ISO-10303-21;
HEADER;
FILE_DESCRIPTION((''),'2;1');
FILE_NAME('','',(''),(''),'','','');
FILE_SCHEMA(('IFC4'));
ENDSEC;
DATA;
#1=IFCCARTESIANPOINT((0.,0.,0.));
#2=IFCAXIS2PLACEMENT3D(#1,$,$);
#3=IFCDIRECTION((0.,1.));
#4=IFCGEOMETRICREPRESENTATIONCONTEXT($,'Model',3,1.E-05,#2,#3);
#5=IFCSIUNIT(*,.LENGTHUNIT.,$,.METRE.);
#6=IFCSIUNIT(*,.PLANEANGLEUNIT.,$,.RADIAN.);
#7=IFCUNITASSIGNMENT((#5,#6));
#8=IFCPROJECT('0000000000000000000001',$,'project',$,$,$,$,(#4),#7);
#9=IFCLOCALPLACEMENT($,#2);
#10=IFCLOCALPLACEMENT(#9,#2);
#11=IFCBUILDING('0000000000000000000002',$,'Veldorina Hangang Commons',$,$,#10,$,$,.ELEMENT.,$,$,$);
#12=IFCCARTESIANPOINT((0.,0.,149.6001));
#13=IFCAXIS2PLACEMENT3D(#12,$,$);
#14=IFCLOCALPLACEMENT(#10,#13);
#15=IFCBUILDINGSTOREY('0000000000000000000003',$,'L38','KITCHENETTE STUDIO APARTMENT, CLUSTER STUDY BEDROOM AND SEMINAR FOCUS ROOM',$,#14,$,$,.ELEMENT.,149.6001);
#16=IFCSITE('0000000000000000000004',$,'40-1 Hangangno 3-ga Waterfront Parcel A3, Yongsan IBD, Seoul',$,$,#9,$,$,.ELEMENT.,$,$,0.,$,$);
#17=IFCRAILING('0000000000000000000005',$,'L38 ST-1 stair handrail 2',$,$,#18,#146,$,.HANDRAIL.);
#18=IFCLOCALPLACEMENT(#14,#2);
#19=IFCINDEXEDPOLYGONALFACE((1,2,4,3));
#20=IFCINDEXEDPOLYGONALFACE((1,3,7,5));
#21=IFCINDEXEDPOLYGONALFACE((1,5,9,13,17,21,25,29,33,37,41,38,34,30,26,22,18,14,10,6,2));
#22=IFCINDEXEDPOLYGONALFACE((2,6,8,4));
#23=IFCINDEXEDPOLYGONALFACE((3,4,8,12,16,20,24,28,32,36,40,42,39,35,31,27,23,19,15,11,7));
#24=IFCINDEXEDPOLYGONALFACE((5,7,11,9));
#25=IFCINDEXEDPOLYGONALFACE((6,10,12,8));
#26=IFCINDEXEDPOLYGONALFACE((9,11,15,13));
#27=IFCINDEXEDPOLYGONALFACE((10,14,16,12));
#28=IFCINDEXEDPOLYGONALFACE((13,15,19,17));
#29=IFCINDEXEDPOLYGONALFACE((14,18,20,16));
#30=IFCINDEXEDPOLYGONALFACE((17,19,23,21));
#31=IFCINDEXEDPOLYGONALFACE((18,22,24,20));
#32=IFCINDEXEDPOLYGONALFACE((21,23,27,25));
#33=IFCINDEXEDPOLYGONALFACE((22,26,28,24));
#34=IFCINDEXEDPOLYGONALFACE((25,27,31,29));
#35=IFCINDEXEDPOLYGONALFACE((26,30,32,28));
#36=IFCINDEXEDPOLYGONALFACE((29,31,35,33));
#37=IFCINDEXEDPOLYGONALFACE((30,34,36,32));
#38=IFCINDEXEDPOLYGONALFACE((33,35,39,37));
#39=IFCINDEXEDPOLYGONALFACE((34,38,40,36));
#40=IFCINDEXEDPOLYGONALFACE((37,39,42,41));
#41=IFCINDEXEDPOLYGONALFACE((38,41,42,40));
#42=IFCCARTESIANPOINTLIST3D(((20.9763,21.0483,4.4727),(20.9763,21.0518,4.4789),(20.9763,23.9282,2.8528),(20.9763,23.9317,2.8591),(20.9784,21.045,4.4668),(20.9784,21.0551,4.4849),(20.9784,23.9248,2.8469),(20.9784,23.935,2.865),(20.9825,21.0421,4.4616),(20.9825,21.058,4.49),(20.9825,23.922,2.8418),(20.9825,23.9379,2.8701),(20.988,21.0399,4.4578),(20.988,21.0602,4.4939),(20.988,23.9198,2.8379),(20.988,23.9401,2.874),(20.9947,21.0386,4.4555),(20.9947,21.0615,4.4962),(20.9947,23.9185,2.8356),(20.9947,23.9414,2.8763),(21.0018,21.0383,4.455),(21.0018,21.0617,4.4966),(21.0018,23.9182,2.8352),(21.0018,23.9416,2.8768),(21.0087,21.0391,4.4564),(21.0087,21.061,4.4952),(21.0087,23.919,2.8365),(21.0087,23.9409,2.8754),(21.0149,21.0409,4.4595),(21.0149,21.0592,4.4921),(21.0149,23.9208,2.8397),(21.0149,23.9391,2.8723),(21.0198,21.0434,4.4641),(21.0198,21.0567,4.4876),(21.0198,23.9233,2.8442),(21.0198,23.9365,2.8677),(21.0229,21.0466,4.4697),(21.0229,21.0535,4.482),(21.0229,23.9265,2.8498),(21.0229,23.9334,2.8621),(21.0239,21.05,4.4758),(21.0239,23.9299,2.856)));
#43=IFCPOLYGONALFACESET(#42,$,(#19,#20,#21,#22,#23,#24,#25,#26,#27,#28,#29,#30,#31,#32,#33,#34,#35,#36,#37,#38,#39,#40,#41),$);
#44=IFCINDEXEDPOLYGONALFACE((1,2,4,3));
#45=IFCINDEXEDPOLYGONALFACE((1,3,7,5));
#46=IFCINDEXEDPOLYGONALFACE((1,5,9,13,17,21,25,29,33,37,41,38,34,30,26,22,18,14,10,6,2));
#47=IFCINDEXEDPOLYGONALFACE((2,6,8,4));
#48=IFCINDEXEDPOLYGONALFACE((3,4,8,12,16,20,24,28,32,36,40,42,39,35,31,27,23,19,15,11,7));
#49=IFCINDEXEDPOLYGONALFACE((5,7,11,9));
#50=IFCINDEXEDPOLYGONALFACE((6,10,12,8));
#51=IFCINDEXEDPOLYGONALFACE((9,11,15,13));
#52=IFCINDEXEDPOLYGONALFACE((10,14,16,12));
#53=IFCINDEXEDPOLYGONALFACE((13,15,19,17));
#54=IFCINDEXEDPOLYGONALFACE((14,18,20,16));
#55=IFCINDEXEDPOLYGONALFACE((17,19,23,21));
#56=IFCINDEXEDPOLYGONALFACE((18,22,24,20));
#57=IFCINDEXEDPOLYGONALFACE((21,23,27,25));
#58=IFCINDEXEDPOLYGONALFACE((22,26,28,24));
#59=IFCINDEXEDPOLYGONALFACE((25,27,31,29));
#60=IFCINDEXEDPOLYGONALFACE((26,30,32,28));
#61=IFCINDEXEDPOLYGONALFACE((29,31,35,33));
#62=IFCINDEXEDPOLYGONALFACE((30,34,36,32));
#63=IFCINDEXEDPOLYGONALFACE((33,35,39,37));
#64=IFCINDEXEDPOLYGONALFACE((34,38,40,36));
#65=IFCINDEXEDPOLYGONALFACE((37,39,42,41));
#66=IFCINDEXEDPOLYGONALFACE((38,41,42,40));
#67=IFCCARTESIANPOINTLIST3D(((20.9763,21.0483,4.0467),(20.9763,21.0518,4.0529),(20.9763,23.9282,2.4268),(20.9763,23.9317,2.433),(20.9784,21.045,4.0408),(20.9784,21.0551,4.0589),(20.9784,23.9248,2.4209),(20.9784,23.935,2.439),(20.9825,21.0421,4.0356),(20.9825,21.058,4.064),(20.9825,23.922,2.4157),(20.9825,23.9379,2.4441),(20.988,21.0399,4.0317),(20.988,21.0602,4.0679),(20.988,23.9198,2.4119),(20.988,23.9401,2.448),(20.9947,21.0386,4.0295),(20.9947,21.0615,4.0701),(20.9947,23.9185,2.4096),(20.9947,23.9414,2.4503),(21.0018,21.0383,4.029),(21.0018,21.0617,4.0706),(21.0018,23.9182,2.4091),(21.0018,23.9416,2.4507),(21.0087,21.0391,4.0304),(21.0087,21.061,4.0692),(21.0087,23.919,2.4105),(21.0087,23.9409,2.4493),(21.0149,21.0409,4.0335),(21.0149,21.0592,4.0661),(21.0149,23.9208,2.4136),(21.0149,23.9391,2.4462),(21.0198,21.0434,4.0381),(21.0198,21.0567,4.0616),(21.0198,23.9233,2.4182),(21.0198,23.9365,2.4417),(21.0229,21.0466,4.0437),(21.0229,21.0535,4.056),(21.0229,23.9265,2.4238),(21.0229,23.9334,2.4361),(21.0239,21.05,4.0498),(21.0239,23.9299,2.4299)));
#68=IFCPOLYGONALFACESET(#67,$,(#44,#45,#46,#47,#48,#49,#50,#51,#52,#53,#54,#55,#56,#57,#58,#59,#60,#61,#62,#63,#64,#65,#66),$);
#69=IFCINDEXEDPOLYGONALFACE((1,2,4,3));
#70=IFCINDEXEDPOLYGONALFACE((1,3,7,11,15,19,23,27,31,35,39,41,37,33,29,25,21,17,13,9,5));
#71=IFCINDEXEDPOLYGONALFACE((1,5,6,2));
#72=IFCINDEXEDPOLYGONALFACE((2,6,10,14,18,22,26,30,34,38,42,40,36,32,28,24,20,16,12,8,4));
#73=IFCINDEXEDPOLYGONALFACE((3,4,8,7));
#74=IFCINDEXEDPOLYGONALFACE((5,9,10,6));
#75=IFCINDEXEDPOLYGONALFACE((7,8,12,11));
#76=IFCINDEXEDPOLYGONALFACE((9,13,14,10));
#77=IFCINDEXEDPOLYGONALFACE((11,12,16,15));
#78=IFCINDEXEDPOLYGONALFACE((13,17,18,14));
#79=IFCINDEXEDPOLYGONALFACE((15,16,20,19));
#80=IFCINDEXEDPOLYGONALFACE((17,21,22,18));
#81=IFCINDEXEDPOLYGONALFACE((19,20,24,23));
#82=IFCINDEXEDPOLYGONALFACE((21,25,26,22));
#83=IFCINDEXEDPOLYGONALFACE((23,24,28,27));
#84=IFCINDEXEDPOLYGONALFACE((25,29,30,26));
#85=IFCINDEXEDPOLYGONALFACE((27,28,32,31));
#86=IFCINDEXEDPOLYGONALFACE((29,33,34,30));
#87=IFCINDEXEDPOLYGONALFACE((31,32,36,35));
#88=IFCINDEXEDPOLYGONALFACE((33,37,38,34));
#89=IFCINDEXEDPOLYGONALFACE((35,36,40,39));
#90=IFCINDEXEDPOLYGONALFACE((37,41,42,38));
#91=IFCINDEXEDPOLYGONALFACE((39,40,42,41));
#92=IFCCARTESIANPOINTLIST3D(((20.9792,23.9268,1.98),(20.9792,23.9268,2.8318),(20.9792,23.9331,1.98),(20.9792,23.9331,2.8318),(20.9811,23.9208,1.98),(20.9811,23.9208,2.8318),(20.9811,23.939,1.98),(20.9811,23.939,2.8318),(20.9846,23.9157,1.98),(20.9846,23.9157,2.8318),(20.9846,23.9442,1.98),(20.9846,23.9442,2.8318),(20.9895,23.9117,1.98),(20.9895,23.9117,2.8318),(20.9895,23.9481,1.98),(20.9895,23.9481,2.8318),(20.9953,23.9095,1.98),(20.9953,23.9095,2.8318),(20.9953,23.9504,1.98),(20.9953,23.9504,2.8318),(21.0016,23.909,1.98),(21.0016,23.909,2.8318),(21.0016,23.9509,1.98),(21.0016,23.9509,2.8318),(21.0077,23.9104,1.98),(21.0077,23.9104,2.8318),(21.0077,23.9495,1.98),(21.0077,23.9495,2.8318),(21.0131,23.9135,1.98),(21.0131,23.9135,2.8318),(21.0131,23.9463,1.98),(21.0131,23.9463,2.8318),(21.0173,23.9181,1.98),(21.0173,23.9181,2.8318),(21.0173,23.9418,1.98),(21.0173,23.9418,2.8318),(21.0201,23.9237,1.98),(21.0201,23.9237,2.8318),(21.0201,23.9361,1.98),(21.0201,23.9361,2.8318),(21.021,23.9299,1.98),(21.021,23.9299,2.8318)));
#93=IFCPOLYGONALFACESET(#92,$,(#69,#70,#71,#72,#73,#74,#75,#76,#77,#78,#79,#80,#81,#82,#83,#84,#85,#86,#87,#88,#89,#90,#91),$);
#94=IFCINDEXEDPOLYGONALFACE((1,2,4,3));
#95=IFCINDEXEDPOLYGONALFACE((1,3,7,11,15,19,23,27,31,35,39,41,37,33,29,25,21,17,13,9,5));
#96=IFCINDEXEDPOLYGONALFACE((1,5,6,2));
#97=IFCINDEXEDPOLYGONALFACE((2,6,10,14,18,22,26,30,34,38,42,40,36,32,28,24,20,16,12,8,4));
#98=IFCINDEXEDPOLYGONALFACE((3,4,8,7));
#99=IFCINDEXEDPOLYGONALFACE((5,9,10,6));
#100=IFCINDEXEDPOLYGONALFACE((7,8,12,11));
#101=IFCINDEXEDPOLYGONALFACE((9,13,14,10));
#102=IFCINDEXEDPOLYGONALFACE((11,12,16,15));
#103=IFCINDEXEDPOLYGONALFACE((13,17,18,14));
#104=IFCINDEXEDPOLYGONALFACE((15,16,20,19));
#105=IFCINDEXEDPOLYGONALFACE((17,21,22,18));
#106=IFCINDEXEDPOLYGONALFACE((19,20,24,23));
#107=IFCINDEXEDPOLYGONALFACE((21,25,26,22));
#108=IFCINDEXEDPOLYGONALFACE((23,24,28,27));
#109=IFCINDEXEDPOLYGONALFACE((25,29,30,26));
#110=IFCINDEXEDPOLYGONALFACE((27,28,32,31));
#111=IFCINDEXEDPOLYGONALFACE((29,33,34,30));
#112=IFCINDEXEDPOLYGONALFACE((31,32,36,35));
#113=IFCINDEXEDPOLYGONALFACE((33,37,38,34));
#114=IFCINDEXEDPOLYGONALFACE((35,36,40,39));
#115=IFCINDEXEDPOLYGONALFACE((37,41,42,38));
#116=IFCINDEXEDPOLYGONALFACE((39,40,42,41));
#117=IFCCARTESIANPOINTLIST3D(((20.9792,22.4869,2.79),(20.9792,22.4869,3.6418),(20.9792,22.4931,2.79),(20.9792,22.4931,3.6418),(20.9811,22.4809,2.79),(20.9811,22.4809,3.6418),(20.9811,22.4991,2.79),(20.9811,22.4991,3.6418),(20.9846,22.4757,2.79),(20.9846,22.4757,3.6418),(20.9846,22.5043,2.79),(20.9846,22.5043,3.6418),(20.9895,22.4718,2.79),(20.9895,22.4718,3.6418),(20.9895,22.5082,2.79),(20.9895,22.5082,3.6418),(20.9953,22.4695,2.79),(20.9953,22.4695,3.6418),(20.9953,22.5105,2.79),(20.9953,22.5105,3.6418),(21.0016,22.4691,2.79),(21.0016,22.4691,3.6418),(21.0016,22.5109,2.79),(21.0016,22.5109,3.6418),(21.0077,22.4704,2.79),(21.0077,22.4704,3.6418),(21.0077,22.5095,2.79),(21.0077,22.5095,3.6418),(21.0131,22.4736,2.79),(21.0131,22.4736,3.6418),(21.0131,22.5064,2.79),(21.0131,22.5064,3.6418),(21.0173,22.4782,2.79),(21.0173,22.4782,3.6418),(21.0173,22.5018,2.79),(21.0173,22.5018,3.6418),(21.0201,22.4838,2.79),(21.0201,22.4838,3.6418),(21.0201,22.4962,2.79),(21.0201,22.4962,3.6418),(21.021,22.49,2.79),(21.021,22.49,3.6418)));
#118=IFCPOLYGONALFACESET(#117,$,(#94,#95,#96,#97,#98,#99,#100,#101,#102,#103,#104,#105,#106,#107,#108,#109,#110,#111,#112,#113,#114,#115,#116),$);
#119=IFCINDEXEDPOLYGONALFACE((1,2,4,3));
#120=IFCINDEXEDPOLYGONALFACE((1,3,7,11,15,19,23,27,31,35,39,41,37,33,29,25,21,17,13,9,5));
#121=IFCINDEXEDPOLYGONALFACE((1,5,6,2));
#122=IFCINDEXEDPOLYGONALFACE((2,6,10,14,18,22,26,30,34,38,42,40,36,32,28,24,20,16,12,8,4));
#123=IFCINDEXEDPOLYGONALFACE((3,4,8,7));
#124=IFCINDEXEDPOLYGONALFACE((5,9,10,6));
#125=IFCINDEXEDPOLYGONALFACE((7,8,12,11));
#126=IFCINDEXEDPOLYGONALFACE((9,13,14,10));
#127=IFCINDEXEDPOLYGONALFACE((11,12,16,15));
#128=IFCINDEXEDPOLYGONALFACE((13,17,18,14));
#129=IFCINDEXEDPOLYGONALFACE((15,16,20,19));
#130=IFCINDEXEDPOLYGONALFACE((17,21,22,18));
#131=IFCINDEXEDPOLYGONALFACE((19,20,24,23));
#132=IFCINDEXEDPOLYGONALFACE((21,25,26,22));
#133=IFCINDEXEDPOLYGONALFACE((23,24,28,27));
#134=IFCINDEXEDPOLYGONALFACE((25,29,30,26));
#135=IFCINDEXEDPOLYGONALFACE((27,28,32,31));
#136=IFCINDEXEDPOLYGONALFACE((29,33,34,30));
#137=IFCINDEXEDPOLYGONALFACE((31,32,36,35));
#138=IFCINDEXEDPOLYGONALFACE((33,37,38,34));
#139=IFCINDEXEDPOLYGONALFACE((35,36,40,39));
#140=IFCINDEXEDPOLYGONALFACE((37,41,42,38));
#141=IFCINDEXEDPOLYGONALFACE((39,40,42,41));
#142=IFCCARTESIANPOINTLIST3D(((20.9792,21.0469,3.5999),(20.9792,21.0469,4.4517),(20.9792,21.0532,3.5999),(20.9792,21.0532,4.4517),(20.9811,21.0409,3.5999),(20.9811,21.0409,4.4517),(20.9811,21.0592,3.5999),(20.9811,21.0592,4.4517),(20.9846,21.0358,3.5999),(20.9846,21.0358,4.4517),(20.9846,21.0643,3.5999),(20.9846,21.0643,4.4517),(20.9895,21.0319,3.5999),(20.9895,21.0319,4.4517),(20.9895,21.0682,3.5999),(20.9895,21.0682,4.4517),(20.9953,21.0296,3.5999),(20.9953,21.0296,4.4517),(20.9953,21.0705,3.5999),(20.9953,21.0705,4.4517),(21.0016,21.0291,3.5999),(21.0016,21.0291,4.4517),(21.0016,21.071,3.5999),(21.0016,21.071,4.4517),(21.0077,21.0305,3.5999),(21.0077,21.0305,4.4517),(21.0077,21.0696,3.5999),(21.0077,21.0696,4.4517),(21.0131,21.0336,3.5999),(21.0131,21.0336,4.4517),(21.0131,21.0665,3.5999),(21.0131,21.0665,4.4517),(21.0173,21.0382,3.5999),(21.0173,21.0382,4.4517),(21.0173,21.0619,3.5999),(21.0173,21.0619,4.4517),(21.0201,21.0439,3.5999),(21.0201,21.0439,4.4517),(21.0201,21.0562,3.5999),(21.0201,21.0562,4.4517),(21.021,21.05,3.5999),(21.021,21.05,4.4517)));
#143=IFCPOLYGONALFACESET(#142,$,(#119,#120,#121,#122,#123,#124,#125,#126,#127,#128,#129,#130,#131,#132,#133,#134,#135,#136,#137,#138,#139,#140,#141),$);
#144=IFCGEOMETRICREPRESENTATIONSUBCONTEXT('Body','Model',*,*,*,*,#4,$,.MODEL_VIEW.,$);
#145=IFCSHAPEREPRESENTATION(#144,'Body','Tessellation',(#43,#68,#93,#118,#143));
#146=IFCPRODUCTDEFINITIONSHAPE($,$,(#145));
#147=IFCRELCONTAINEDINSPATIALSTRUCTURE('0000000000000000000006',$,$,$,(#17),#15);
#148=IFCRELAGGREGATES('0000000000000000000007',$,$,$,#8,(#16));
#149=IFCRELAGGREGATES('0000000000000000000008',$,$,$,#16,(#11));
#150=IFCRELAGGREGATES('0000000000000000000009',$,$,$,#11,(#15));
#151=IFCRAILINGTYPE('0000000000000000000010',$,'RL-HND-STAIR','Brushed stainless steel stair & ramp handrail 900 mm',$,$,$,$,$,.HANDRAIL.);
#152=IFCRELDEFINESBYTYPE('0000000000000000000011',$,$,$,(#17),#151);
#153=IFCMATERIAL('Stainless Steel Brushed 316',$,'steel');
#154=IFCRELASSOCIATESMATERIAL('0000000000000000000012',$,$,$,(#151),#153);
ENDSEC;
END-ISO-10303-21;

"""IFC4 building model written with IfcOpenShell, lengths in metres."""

from ifc_helpers import new_model, si_unit, direction, frame, origin, origin_2d, place, context, subcontext, project, spatial, circle, extrude, material, type_object, element, save


model = new_model("IFC4")

# Units and contexts
model_context = context("Model", 3, precision=1e-05, world=origin(), true_north=direction((0.0, 1.0)))
body_context = subcontext(model_context, "Body", "Model", "MODEL_VIEW")
ifc_project = project(units=[si_unit("LENGTHUNIT", "METRE"), si_unit("PLANEANGLEUNIT", "RADIAN")], contexts=[model_context])

# Site, building, storey
site_placement = place(None, origin())
site = spatial("IfcSite", under=ifc_project, at=site_placement, Name="40-1 Hangangno 3-ga Waterfront Parcel A3, Yongsan IBD, Seoul", CompositionType="ELEMENT", RefElevation=0.0)
building_placement = place(site_placement, origin())
building = spatial("IfcBuilding", under=site, at=building_placement, Name="Veldorina Hangang Commons", CompositionType="ELEMENT")
storey_placement = place(building_placement, frame((0.0, 0.0, 149.6001)))
storey = spatial("IfcBuildingStorey", under=building, at=storey_placement, Name="L38", Description="KITCHENETTE STUDIO APARTMENT, CLUSTER STUDY BEDROOM AND SEMINAR FOCUS ROOM", CompositionType="ELEMENT", Elevation=149.6001)

# Railing
ifc_material_1 = material(Name="Stainless Steel Brushed 316", Category="steel")
railing_type_1 = type_object("IfcRailingType", Name="RL-HND-STAIR", Description="Brushed stainless steel stair & ramp handrail 900 mm", PredefinedType="HANDRAIL", material=ifc_material_1)
railing_1_placement = place(storey_placement, frame((21.0, 23.9299, 1.98)))
element("IfcRailing", 1, at=railing_1_placement, inside=storey, type_object=railing_type_1, Name="L38 ST-1 stair handrail 2", PredefinedType="HANDRAIL", context=body_context, shape_type="SweptSolid", body=[
    extrude(circle(Radius=0.0239, at=origin_2d()), frame((0.0, 0.0, 0.876), z_axis=(0.0, -0.871583, 0.490247), x_axis=(1.0, 0.0, 0.0)), (0.0, 0.0, 1.0), 3.3042),
    extrude(circle(Radius=0.0239, at=origin_2d()), frame((0.0, 0.0, 0.45), z_axis=(0.0, -0.871583, 0.490247), x_axis=(1.0, 0.0, 0.0)), (0.0, 0.0, 1.0), 3.3042),
    extrude(circle(Radius=0.021, at=origin_2d()), origin(), (0.0, 0.0, 1.0), 0.8518),
    extrude(circle(Radius=0.021, at=origin_2d()), frame((0.0, -1.4399, 0.8101)), (0.0, 0.0, 1.0), 0.8518),
    extrude(circle(Radius=0.021, at=origin_2d()), frame((0.0, -2.8799, 1.6199)), (0.0, 0.0, 1.0), 0.8518),
])

save(model, "model.ifc")
